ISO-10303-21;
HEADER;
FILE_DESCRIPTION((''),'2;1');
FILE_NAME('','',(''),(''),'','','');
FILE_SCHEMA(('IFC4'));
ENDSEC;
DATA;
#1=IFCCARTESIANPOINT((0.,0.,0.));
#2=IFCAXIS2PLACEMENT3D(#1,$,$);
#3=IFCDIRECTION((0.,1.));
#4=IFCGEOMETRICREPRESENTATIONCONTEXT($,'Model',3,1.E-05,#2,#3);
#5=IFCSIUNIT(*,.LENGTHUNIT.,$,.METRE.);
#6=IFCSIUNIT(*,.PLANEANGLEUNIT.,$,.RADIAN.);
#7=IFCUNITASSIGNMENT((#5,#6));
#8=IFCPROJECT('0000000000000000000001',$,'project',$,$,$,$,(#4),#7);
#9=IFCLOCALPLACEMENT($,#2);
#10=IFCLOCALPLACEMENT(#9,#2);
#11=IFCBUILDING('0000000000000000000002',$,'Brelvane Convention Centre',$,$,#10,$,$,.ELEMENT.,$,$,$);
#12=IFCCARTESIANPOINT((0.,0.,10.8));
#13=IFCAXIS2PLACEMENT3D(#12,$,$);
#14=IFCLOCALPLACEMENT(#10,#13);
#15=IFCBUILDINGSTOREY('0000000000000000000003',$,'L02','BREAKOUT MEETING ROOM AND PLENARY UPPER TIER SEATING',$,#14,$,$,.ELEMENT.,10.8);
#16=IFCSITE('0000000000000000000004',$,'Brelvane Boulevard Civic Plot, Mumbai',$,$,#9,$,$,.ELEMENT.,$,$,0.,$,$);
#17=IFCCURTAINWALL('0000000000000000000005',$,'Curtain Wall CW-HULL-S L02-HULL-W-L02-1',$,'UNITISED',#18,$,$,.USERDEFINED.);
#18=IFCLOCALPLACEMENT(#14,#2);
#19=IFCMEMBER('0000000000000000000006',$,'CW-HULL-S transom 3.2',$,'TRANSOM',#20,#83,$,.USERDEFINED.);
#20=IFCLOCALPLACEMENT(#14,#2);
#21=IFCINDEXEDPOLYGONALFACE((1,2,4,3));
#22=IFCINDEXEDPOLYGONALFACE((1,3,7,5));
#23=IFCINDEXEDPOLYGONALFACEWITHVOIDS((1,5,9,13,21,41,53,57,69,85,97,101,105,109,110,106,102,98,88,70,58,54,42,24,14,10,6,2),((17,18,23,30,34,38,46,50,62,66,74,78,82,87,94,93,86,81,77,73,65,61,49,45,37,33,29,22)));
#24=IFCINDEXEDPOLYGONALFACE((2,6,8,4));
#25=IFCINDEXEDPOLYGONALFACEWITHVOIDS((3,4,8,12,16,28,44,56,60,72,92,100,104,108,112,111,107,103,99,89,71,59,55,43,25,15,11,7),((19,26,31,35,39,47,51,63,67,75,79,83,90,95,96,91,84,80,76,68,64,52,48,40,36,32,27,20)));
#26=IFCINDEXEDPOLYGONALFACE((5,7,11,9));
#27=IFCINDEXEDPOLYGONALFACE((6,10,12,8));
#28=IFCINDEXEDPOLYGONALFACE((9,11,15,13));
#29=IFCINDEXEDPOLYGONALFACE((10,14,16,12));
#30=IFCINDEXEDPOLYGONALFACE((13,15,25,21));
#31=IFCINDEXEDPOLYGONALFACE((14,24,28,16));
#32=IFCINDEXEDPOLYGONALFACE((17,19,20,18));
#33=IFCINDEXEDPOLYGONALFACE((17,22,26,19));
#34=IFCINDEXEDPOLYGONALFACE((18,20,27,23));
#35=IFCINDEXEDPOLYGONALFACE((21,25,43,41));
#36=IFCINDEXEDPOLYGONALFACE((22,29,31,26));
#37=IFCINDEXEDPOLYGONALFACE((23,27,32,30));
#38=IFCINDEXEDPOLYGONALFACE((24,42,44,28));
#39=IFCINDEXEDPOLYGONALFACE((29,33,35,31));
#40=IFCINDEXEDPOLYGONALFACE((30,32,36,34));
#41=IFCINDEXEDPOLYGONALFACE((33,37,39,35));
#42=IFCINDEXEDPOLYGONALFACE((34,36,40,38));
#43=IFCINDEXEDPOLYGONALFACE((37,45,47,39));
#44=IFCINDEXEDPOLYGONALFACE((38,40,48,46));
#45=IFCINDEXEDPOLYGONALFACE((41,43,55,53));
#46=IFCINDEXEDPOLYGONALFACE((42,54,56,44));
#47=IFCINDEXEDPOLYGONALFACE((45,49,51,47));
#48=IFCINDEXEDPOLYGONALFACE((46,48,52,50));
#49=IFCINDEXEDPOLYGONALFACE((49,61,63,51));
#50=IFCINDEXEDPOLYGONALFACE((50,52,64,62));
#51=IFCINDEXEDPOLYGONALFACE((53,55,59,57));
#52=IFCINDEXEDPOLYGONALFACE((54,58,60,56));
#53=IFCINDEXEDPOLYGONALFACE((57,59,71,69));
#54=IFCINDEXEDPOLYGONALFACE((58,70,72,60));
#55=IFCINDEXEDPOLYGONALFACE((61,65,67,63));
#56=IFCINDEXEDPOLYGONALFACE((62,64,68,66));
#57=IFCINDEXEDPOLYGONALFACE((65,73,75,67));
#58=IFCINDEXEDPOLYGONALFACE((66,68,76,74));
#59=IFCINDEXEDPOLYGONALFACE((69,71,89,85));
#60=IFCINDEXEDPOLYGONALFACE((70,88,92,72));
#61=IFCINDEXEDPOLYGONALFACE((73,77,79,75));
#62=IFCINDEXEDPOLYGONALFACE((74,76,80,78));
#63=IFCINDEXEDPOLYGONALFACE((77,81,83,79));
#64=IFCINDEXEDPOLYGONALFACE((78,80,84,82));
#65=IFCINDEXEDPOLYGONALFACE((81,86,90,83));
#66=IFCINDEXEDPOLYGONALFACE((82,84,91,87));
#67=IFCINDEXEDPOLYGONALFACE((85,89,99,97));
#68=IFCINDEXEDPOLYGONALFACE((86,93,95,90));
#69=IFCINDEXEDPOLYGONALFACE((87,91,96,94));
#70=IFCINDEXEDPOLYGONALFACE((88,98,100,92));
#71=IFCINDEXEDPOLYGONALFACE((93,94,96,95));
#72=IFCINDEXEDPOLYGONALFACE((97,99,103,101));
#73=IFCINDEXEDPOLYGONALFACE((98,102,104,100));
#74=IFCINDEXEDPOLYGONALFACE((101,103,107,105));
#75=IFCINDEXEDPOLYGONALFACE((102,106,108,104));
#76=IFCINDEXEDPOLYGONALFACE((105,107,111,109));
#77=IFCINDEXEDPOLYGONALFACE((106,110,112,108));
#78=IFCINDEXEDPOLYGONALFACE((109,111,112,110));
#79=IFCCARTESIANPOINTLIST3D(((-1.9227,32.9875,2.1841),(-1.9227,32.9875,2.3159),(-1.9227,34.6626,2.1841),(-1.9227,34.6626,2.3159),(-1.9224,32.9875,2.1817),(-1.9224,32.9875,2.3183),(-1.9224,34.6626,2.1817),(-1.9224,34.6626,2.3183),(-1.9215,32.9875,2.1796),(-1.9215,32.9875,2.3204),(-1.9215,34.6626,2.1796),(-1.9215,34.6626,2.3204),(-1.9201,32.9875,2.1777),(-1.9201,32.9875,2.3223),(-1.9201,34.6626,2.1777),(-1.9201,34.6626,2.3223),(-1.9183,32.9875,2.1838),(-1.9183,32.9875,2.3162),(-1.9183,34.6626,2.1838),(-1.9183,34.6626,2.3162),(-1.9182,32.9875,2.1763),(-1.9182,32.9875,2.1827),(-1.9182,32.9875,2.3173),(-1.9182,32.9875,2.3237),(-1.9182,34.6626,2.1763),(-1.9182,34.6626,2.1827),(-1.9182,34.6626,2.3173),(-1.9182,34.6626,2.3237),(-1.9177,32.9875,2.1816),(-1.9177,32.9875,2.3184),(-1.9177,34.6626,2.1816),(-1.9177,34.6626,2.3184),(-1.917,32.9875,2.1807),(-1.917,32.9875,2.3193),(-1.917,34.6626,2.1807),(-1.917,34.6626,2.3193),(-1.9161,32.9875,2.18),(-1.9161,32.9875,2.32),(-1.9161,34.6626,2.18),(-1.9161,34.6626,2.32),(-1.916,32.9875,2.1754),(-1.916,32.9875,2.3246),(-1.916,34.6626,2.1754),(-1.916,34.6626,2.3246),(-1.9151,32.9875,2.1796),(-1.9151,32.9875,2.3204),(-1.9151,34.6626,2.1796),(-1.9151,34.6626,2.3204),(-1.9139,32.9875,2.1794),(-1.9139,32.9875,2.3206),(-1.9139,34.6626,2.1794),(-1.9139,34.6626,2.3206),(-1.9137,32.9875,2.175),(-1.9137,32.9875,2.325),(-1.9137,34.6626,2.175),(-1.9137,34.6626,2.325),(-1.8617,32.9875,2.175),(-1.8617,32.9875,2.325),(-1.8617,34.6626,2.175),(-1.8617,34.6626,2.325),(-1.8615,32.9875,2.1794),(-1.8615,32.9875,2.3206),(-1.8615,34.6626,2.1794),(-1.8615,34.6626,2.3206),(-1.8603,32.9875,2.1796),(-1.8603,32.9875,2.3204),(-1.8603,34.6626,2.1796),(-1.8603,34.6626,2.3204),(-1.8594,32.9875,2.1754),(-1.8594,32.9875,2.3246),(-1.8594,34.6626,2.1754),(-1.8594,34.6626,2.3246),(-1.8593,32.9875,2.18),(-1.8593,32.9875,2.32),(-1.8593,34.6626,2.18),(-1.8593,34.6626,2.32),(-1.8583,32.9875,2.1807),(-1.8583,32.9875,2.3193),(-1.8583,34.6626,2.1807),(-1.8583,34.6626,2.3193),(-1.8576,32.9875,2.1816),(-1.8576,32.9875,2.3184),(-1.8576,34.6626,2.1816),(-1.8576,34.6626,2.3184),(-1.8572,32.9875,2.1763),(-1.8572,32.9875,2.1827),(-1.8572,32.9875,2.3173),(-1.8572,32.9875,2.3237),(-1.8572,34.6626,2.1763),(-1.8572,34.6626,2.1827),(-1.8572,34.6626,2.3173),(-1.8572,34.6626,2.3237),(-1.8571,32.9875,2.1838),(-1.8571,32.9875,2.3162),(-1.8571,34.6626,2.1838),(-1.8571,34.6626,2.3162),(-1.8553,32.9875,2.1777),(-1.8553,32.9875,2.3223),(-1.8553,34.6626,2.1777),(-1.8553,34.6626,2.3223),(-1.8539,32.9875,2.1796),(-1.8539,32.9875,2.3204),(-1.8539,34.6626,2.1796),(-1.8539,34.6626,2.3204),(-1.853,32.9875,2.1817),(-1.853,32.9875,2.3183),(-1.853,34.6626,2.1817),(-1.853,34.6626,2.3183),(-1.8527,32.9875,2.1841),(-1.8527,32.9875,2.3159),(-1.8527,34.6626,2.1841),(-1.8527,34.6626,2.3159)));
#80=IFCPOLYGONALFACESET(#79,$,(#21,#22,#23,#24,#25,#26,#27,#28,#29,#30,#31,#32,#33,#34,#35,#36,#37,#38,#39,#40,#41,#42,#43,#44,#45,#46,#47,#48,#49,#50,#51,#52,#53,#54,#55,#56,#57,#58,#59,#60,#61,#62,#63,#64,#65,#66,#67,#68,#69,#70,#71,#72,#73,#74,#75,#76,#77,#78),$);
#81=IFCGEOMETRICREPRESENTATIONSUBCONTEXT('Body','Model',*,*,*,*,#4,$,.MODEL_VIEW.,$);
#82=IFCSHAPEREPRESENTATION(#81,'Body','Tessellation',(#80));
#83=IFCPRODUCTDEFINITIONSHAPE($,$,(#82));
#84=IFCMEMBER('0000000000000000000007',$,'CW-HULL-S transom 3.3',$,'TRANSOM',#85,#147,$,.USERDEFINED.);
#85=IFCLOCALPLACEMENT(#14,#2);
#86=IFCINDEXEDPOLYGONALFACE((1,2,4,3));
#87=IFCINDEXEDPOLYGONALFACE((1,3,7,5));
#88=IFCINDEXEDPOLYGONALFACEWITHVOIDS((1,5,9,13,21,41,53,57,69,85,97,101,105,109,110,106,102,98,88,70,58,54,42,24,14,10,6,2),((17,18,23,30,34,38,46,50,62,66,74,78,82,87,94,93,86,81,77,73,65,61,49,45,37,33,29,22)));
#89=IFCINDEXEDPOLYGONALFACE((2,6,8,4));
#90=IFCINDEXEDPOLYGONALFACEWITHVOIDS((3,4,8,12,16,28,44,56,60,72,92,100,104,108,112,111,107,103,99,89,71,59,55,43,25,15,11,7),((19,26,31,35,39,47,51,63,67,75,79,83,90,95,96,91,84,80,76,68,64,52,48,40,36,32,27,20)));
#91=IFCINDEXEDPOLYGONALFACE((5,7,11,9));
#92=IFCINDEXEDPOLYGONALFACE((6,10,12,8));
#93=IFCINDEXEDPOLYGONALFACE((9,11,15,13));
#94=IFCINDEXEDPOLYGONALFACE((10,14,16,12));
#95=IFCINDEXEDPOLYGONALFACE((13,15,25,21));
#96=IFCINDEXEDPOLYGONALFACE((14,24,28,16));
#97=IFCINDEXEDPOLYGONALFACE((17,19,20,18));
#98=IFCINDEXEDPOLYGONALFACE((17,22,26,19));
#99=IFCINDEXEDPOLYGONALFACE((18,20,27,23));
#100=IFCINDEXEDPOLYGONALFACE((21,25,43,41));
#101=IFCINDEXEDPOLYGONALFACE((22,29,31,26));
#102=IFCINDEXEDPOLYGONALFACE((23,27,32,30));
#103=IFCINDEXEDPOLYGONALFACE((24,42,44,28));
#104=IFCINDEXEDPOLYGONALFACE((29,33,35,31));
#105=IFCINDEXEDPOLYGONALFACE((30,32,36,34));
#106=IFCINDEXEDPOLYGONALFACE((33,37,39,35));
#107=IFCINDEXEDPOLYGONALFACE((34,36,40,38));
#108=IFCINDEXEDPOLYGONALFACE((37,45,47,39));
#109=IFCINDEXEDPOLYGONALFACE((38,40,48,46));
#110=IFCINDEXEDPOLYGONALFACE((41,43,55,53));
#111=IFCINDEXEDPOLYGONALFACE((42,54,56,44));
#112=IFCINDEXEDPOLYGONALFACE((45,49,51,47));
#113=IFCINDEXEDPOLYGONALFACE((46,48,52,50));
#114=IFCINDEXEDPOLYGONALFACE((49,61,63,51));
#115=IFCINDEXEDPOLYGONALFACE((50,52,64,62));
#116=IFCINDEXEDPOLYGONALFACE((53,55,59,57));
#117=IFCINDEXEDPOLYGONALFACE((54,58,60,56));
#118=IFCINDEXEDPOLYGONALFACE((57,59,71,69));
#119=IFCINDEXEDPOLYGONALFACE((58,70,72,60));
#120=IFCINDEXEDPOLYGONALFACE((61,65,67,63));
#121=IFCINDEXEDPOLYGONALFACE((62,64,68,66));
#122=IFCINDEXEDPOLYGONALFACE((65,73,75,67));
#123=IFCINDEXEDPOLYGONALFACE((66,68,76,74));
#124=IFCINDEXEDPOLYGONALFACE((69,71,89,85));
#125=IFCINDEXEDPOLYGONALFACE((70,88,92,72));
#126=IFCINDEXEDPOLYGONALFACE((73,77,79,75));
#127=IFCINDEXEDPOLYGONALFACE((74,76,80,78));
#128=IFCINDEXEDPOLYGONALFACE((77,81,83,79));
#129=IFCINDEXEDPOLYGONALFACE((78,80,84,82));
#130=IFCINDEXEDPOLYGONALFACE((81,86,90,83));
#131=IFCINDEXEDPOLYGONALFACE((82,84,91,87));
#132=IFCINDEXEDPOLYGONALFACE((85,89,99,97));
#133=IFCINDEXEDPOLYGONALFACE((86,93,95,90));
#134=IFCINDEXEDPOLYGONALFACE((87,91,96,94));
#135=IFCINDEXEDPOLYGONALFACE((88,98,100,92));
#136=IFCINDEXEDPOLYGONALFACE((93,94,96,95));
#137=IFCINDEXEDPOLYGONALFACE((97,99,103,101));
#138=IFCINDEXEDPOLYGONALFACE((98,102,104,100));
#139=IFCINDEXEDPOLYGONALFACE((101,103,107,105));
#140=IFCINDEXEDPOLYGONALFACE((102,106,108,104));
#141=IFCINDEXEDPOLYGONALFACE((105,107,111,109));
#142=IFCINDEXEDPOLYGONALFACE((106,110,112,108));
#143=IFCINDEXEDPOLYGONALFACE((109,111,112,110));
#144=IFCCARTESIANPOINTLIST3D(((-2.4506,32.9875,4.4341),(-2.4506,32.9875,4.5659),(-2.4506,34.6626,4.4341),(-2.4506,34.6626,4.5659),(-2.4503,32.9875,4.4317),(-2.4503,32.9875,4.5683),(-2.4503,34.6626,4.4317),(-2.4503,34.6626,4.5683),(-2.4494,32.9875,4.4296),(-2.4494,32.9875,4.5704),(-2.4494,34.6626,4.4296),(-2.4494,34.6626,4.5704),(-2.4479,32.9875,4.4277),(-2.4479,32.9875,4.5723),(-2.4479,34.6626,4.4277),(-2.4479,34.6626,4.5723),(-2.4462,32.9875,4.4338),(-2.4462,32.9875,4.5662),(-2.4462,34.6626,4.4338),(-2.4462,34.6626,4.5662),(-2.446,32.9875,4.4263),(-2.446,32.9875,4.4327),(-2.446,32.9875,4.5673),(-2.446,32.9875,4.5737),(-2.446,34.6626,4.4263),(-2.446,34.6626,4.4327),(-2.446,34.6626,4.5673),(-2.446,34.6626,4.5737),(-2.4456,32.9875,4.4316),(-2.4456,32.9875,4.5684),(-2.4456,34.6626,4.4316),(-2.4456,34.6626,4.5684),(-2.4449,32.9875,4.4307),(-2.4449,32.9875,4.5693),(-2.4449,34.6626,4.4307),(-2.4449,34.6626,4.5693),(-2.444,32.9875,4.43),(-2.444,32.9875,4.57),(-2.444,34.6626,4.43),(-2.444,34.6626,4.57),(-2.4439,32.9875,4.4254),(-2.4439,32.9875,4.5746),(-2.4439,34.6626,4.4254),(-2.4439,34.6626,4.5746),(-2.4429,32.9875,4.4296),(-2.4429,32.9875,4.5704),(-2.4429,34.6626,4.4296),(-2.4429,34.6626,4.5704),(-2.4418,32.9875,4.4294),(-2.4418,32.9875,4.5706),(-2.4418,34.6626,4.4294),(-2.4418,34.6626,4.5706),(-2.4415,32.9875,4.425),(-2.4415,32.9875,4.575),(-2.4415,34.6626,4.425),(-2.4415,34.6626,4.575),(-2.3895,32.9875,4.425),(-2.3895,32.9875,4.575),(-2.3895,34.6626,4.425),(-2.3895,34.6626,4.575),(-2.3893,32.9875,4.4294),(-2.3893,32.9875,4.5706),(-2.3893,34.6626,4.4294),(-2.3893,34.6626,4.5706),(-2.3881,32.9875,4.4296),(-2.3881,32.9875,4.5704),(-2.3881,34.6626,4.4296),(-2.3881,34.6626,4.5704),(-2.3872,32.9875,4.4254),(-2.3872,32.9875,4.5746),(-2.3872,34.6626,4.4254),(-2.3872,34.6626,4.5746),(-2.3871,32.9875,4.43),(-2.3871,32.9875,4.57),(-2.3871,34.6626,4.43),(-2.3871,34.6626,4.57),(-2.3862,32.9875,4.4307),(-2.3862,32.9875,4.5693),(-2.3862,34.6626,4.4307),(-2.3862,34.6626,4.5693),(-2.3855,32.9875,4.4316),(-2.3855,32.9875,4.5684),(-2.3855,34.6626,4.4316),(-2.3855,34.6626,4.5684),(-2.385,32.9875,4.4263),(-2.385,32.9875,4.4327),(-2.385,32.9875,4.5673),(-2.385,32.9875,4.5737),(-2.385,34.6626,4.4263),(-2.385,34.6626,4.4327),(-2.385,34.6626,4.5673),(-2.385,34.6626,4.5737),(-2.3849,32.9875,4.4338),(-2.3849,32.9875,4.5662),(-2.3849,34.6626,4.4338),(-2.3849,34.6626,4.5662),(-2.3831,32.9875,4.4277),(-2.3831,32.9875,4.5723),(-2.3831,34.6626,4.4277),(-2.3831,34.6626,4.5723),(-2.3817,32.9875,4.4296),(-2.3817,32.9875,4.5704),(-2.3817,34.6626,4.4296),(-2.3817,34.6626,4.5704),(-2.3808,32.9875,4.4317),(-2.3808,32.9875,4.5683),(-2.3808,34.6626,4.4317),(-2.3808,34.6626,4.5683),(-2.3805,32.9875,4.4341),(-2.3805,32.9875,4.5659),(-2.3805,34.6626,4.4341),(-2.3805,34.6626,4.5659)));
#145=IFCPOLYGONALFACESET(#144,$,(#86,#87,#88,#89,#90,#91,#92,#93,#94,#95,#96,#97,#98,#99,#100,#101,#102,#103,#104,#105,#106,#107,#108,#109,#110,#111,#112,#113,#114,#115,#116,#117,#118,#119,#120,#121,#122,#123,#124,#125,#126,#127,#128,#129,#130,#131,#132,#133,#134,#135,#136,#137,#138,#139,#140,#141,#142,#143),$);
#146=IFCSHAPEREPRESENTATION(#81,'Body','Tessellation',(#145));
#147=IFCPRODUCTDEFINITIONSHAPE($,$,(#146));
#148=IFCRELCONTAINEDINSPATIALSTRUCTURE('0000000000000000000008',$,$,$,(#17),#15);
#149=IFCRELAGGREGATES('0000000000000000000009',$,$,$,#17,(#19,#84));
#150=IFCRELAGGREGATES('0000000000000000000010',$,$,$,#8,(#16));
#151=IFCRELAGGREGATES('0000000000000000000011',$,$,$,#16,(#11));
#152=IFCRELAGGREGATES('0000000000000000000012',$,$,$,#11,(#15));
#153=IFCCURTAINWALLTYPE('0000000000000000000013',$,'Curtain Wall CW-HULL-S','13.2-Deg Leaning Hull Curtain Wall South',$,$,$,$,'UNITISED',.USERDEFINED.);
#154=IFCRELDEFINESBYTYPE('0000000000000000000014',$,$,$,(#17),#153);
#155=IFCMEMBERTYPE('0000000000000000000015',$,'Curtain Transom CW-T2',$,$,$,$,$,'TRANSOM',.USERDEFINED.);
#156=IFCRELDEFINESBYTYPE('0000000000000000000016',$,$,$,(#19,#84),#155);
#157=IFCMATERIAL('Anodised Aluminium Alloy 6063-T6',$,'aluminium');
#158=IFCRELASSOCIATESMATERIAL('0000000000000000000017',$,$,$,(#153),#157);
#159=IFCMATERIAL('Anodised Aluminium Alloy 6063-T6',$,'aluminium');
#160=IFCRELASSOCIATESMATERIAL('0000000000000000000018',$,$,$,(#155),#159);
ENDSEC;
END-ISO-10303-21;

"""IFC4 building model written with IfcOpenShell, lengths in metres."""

from ifc_helpers import new_model, si_unit, direction, frame, origin, origin_2d, place, context, subcontext, project, spatial, hollow_rectangle, extrude, material, material_profile, profile_set, type_object, element, aggregate, save


model = new_model("IFC4")

# Units and contexts
model_context = context("Model", 3, precision=1e-05, world=origin(), true_north=direction((0.0, 1.0)))
body_context = subcontext(model_context, "Body", "Model", "MODEL_VIEW")
ifc_project = project(units=[si_unit("LENGTHUNIT", "METRE"), si_unit("PLANEANGLEUNIT", "RADIAN")], contexts=[model_context])

# Site, building, storey
site_placement = place(None, origin())
site = spatial("IfcSite", under=ifc_project, at=site_placement, Name="Brelvane Boulevard Civic Plot, Mumbai", CompositionType="ELEMENT", RefElevation=0.0)
building_placement = place(site_placement, origin())
building = spatial("IfcBuilding", under=site, at=building_placement, Name="Brelvane Convention Centre", CompositionType="ELEMENT")
storey_placement = place(building_placement, frame((0.0, 0.0, 10.8)))
storey = spatial("IfcBuildingStorey", under=building, at=storey_placement, Name="L02", Description="BREAKOUT MEETING ROOM AND PLENARY UPPER TIER SEATING", CompositionType="ELEMENT", Elevation=10.8)

# Curtain wall, members
ifc_material_1 = material(Name="Anodised Aluminium Alloy 6063-T6", Category="aluminium")
curtain_wall_type = type_object("IfcCurtainWallType", Name="Curtain Wall CW-HULL-S", Description="13.2-Deg Leaning Hull Curtain Wall South", ElementType="UNITISED", PredefinedType="USERDEFINED", material=ifc_material_1)
curtain_wall_1_placement = place(storey_placement, origin())
curtain_wall_1 = element("IfcCurtainWall", 1, at=curtain_wall_1_placement, inside=storey, type_object=curtain_wall_type, Name="Curtain Wall CW-HULL-S L02-HULL-W-L02-1", ObjectType="UNITISED", PredefinedType="USERDEFINED")
ifc_material_2 = material(Name="Anodised Aluminium Alloy 6063-T6", Category="aluminium")
ifc_material_profile = material_profile(ifc_material_2, hollow_rectangle(XDim=0.0701, YDim=0.1499, WallThickness=0.0044, InnerFilletRadius=0.0044, OuterFilletRadius=0.009, at=origin_2d()), Name="ALU-T 150x70x4.5")
ifc_profile_set = profile_set([ifc_material_profile], Name="Anodised Aluminium Alloy 6063-T6")
member_type = type_object("IfcMemberType", Name="Curtain Transom CW-T2", ElementType="TRANSOM", PredefinedType="USERDEFINED", material=ifc_profile_set)
member_1_placement = place(storey_placement, frame((-1.8877, 32.9875, 2.25), z_axis=(0.0, 1.0, 0.0), x_axis=(-1.0, 0.0, 0.0)))
member_1 = element("IfcMember", 2, at=member_1_placement, type_object=member_type, Name="CW-HULL-S transom 3.2", ObjectType="TRANSOM", PredefinedType="USERDEFINED", context=body_context, shape_type="SweptSolid", body=[
    extrude(hollow_rectangle(XDim=0.0701, YDim=0.1499, WallThickness=0.0044, InnerFilletRadius=0.0044, OuterFilletRadius=0.009, at=origin_2d()), origin(), (0.0, 0.0, 1.0), 1.675),
])
member_2_placement = place(storey_placement, frame((-2.4155, 32.9875, 4.5), z_axis=(0.0, 1.0, 0.0), x_axis=(-1.0, 0.0, 0.0)))
member_2 = element("IfcMember", 3, at=member_2_placement, type_object=member_type, Name="CW-HULL-S transom 3.3", ObjectType="TRANSOM", PredefinedType="USERDEFINED", context=body_context, shape_type="SweptSolid", body=[
    extrude(hollow_rectangle(XDim=0.0701, YDim=0.1499, WallThickness=0.0044, InnerFilletRadius=0.0044, OuterFilletRadius=0.009, at=origin_2d()), origin(), (0.0, 0.0, 1.0), 1.675),
])

aggregate(curtain_wall_1, [member_1, member_2])

save(model, "model.ifc")
